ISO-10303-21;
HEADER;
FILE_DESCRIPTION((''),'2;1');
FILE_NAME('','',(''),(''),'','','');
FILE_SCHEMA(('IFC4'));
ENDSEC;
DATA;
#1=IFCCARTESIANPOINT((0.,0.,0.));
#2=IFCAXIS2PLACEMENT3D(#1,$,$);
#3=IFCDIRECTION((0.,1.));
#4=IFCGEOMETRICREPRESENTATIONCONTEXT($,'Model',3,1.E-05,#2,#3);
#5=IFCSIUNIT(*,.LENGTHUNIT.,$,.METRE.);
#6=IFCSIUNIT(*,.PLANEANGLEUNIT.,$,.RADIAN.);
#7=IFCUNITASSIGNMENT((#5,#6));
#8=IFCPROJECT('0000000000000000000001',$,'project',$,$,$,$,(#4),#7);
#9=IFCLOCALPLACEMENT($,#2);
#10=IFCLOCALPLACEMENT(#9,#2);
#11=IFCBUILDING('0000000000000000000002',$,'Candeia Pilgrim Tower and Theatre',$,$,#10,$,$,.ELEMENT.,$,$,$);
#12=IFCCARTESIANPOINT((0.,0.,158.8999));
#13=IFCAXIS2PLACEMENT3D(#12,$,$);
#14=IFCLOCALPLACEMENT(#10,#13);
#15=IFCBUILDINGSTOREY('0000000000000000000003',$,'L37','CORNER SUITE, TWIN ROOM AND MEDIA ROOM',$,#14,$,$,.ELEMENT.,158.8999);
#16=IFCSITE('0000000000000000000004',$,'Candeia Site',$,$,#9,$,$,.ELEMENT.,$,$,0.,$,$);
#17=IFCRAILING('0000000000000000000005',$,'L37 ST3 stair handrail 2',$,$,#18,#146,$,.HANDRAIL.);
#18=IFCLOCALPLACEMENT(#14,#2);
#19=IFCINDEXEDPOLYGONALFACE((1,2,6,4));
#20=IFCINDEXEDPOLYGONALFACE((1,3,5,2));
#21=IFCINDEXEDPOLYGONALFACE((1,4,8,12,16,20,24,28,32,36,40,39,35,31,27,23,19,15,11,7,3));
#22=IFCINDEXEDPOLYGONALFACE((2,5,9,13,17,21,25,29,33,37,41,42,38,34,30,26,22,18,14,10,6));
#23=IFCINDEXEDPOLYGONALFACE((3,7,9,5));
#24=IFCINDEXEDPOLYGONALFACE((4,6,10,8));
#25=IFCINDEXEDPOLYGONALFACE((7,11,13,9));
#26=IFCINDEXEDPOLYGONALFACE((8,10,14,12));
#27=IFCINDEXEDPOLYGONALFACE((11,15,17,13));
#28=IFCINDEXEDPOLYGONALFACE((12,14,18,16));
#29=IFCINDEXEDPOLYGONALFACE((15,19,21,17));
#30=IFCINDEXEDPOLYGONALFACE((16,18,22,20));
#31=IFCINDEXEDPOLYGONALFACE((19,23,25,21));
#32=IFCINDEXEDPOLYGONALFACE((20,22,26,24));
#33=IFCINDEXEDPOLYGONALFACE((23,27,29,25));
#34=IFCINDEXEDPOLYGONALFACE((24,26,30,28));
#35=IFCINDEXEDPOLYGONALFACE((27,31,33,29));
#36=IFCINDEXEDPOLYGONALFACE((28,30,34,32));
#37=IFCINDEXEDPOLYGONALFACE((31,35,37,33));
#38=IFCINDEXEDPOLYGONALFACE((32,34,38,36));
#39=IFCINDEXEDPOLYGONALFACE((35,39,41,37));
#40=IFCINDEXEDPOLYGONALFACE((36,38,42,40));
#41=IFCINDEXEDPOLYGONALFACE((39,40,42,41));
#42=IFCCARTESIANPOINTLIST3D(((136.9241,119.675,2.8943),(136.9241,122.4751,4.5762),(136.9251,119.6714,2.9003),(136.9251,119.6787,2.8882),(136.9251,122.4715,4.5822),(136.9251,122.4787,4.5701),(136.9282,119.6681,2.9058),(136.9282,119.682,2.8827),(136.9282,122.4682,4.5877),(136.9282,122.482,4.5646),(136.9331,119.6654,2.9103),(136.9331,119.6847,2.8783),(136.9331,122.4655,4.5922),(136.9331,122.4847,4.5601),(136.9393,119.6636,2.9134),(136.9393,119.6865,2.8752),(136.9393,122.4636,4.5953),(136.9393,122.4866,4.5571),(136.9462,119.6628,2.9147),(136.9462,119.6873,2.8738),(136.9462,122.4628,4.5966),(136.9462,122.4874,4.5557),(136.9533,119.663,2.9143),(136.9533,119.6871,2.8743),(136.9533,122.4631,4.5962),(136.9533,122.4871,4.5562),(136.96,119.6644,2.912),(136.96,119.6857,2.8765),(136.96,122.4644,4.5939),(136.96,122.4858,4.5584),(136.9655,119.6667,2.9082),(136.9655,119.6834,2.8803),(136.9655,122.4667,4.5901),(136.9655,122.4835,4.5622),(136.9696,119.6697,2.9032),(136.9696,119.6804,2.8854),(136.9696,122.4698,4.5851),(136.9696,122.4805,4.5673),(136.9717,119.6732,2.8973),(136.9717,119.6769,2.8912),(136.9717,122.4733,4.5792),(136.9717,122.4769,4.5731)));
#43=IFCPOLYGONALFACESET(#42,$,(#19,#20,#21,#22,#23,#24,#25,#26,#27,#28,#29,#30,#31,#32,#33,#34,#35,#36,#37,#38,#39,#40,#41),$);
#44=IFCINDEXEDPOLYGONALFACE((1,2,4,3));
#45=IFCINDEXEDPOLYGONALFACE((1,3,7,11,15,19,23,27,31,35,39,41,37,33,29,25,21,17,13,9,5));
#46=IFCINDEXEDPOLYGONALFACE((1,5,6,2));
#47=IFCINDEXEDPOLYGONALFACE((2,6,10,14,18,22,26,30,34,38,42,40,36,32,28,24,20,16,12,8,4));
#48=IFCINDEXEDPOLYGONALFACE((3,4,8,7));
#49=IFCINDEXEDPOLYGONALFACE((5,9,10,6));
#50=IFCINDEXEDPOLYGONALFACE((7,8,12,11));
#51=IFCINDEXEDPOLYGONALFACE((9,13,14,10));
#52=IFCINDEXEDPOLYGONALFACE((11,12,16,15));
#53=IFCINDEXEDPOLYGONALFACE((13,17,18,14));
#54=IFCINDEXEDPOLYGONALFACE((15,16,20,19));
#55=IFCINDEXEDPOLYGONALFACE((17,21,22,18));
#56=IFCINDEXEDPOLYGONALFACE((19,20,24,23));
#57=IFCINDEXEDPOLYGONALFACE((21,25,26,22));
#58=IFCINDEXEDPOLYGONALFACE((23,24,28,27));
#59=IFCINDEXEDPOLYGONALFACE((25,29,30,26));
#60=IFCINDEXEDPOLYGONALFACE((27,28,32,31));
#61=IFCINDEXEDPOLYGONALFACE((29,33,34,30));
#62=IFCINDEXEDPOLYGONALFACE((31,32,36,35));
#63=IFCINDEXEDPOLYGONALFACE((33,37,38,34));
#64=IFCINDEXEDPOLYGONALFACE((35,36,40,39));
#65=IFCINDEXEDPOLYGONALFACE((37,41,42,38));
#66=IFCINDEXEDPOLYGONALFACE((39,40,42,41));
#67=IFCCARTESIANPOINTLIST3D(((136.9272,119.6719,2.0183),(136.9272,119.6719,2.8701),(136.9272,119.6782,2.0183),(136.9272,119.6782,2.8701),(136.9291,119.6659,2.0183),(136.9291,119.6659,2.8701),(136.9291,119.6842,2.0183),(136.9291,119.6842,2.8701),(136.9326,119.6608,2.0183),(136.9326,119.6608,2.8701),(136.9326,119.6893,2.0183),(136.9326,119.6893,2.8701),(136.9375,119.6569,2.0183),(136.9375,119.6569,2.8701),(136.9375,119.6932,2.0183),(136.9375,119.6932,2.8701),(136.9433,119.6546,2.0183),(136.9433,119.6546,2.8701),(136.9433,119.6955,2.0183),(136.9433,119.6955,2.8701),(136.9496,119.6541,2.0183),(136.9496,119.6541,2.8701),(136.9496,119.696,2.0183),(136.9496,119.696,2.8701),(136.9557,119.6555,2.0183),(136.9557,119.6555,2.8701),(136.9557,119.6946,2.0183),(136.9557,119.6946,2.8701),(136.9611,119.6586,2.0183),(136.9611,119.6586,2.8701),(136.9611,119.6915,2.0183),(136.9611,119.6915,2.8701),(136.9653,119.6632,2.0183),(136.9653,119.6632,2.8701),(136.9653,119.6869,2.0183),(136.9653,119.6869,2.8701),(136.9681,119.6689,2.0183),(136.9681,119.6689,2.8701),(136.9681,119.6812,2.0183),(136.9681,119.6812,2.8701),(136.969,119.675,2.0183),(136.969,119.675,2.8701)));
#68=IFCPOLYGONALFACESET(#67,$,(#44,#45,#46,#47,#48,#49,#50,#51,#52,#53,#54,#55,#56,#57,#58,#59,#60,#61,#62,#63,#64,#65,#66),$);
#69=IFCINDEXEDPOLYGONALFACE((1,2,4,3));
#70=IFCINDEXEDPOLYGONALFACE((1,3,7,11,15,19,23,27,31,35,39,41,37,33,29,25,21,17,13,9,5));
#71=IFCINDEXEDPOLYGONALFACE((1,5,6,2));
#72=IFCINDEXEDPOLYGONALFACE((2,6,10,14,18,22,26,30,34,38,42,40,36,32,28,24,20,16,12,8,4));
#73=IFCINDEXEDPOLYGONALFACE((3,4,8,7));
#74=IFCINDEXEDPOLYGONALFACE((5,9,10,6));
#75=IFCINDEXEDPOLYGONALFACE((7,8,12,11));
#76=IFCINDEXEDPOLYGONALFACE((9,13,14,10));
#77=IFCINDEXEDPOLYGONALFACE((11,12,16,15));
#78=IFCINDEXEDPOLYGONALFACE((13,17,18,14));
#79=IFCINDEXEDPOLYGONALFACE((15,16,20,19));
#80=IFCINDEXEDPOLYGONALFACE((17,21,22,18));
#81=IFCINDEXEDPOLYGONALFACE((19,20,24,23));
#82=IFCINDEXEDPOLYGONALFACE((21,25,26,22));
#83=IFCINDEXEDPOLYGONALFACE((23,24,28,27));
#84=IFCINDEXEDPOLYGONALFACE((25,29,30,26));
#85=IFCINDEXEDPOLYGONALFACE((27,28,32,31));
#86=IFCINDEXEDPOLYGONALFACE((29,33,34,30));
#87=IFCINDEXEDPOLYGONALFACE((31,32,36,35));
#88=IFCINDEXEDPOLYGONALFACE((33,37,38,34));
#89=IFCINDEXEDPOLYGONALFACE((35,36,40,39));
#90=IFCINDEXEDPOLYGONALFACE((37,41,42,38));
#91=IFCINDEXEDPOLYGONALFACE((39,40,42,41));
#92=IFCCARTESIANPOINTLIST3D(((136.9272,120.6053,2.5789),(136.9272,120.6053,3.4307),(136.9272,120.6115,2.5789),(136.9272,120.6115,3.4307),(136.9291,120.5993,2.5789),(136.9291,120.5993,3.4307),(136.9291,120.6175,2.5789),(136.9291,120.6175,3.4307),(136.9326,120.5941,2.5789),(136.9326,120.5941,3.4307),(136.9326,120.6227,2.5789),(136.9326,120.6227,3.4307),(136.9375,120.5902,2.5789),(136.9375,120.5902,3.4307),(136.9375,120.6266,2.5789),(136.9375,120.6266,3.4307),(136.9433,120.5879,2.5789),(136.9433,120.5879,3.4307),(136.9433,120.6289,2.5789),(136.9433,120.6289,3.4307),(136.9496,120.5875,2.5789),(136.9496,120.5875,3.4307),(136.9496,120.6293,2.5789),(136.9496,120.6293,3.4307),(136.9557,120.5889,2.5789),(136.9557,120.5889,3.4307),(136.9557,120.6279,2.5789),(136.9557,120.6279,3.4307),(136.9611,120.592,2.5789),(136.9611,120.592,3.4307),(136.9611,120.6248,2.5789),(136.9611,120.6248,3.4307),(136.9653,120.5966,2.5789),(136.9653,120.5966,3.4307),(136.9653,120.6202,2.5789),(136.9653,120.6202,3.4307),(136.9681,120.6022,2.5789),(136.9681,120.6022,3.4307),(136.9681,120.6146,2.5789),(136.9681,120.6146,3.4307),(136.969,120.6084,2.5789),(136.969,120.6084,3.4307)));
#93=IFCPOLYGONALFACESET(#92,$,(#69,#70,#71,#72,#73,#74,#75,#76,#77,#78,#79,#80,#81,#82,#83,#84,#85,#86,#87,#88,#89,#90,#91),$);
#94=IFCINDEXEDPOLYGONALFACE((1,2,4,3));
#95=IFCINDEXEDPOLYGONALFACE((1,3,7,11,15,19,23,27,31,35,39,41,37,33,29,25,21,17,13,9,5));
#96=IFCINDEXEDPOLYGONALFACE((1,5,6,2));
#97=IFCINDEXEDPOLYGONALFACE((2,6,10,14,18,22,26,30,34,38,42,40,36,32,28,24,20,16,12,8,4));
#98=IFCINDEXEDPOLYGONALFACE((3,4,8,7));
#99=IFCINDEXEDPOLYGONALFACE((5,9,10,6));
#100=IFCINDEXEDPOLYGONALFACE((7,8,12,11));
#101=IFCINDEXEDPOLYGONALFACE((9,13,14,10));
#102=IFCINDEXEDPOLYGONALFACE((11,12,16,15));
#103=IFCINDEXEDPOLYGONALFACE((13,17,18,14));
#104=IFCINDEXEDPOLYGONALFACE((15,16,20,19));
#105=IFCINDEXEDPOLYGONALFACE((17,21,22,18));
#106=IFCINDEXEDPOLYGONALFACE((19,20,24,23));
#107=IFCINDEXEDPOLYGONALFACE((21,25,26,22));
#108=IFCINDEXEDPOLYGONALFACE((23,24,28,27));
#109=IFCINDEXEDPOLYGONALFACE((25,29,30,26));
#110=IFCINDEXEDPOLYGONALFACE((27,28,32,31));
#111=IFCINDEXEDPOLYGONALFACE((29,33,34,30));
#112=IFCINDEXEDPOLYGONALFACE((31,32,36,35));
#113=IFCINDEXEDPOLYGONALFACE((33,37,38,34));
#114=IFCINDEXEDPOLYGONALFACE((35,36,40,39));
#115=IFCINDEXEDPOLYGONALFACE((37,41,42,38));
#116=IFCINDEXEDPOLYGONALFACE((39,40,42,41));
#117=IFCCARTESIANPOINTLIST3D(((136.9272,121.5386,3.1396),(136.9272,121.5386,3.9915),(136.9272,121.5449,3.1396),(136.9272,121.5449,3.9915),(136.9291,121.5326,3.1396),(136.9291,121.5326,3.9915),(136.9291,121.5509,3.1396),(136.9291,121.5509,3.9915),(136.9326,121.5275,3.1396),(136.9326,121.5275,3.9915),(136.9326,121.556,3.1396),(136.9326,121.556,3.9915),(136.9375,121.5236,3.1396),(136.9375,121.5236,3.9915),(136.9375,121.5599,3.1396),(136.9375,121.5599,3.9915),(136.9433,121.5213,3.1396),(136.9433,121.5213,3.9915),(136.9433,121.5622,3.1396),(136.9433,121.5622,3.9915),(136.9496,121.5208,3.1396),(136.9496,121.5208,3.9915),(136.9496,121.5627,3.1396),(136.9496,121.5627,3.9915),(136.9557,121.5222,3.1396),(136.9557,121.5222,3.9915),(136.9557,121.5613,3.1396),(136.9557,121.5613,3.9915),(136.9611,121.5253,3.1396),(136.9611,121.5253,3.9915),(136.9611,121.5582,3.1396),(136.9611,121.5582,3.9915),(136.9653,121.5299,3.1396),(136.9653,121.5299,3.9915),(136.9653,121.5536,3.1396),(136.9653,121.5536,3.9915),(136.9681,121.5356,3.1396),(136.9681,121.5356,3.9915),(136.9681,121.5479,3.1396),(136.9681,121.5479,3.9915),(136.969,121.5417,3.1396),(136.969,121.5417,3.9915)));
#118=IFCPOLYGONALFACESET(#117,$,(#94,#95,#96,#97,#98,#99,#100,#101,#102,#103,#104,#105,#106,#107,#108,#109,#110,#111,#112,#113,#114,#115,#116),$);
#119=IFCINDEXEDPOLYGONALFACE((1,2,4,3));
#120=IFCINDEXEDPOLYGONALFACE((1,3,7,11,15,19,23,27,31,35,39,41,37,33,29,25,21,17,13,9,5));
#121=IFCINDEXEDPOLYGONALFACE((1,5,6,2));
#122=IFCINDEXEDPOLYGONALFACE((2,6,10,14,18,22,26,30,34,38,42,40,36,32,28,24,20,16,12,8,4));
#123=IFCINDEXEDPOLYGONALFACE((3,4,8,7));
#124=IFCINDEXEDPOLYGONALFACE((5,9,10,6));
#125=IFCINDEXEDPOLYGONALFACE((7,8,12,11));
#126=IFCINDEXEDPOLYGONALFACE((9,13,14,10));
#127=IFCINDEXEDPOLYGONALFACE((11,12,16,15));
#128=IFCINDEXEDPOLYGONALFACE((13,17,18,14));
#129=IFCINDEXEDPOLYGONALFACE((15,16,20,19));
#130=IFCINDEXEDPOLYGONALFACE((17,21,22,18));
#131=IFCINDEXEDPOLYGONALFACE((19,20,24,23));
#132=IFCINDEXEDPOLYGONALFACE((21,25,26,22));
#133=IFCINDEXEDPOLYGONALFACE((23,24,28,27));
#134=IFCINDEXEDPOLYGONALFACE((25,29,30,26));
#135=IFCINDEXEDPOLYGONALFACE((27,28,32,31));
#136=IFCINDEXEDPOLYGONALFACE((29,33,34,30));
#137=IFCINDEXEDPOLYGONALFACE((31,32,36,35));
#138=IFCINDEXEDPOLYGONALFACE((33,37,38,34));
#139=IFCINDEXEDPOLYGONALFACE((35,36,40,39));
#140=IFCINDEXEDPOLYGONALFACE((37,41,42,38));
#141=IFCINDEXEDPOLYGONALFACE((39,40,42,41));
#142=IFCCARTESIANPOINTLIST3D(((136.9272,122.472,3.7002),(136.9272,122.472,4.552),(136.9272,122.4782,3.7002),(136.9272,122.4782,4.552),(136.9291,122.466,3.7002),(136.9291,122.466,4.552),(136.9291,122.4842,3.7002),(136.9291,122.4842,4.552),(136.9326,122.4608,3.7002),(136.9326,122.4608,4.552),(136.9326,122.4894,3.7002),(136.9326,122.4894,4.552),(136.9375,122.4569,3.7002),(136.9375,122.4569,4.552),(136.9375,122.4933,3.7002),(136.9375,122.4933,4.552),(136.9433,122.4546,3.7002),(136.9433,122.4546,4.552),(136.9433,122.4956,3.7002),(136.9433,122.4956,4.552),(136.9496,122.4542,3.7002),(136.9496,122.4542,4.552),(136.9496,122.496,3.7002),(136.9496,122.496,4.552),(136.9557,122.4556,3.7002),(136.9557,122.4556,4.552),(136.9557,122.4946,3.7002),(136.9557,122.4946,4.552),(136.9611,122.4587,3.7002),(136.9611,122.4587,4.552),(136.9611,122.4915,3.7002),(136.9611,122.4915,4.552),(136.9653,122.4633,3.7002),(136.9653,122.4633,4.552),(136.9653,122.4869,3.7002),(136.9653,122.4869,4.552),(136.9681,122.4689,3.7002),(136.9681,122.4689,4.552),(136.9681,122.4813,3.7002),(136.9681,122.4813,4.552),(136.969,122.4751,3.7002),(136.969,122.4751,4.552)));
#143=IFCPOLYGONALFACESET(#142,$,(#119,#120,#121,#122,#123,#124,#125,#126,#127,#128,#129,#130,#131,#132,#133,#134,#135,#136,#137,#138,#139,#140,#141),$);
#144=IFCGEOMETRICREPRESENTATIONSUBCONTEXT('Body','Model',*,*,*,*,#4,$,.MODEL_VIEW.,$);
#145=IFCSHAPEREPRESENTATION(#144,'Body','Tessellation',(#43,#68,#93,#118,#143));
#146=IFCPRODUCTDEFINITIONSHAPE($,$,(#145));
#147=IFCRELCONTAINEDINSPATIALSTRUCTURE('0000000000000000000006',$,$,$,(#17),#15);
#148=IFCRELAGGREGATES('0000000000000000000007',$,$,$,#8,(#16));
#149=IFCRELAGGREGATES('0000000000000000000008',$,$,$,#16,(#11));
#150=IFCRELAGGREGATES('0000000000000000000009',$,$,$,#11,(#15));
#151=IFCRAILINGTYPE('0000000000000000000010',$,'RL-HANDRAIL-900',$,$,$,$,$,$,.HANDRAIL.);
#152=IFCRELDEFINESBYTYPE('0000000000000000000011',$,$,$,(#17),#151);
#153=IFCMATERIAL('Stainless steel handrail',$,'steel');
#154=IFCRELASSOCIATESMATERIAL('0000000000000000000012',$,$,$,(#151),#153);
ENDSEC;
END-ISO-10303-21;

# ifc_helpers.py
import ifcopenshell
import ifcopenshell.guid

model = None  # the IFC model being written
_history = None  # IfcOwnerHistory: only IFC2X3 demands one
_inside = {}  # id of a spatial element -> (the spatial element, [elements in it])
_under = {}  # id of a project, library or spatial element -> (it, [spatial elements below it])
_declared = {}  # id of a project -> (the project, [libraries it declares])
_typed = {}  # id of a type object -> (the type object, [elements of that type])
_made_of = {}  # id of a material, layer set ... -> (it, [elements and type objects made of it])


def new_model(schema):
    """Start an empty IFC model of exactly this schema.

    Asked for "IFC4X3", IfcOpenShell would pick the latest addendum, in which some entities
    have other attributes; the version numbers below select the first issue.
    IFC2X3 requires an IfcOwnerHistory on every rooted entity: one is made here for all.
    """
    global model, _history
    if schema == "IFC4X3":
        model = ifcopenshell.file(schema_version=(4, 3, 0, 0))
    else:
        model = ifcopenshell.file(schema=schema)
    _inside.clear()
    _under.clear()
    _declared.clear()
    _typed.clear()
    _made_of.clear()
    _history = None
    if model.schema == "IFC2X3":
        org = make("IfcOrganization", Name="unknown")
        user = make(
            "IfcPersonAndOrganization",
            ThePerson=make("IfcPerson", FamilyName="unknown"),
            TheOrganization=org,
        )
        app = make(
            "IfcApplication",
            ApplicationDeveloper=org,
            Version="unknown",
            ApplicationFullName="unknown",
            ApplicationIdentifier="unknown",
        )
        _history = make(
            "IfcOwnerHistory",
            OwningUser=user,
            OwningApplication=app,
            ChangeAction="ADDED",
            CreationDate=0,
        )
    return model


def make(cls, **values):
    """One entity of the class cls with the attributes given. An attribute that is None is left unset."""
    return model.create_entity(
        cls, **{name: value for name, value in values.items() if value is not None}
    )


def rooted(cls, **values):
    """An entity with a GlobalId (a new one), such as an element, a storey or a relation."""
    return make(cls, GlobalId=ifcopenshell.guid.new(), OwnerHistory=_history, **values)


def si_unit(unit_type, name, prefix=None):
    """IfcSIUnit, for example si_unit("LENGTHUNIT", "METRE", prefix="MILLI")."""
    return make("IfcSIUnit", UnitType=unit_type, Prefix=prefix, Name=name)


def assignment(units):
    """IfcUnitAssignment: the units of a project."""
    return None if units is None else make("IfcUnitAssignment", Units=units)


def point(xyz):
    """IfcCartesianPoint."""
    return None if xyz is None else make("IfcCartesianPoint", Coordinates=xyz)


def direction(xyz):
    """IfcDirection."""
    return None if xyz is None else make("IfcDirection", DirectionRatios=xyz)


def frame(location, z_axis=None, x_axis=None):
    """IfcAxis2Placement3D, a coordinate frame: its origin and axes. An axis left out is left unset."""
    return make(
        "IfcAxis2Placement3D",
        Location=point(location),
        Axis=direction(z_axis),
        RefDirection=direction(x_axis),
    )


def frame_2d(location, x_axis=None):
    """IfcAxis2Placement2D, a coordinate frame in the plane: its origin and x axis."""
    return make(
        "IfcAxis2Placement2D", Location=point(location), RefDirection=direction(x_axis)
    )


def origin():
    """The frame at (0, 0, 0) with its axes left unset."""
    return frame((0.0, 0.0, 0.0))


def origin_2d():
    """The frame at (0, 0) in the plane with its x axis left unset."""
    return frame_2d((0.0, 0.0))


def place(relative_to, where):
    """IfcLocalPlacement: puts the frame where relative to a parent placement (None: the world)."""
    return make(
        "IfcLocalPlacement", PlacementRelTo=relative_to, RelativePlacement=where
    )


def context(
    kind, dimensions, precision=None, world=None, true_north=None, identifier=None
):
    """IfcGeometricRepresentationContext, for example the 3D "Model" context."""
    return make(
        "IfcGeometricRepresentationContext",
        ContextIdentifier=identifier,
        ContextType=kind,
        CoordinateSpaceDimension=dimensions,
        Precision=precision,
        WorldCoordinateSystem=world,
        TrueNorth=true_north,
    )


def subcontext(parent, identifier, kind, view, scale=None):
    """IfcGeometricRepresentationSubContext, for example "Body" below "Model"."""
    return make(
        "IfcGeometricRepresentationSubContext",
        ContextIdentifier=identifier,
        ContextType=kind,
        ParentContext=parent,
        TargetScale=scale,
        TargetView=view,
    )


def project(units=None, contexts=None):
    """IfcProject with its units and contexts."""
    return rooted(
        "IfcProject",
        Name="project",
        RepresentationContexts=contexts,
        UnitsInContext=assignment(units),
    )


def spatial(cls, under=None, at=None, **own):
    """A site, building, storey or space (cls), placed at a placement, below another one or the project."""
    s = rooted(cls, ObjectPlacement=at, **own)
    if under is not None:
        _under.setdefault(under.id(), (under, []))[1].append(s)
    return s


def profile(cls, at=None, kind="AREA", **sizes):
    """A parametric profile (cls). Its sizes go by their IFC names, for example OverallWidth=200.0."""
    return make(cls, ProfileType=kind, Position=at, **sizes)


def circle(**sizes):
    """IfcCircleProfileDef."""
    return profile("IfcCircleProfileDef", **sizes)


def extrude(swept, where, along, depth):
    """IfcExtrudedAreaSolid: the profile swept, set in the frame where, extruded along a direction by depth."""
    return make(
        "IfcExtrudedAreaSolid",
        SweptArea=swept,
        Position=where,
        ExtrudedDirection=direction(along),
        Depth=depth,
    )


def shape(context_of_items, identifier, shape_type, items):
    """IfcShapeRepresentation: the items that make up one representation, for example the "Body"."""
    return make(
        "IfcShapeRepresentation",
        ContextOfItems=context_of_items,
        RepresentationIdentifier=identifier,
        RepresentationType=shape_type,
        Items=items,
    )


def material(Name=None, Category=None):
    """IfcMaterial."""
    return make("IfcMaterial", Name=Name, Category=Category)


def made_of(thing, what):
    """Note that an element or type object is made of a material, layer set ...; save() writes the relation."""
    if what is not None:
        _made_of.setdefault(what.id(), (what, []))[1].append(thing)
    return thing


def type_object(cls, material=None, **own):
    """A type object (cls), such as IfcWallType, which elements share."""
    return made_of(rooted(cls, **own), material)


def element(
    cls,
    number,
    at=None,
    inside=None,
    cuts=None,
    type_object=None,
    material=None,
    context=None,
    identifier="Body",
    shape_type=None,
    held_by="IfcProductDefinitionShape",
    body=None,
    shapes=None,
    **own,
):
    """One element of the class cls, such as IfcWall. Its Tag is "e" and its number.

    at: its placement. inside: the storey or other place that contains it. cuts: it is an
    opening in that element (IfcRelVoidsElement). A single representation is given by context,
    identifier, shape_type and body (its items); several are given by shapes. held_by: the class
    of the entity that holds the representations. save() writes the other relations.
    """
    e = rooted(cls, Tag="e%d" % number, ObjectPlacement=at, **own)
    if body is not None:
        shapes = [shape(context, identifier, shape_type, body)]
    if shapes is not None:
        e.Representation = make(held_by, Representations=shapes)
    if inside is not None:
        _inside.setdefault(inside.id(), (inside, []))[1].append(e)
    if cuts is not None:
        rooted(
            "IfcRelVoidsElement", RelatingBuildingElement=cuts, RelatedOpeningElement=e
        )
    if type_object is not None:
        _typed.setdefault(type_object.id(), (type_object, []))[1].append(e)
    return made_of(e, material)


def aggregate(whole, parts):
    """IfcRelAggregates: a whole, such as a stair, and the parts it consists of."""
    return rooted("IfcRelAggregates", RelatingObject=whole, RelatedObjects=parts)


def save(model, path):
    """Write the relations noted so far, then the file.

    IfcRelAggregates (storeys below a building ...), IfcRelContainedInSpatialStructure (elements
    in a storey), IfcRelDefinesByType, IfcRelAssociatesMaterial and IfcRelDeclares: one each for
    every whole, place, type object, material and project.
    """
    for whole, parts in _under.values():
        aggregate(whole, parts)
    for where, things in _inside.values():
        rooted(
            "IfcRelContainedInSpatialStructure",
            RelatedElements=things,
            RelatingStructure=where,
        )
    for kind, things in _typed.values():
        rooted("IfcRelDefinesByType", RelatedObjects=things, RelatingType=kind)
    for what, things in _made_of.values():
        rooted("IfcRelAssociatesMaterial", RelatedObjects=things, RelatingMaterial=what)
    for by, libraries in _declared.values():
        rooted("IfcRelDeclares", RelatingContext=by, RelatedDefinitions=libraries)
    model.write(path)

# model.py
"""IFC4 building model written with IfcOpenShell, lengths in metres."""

from ifc_helpers import new_model, si_unit, direction, frame, origin, origin_2d, place, context, subcontext, project, spatial, circle, extrude, material, type_object, element, save


model = new_model("IFC4")

# Units and contexts
model_context = context("Model", 3, precision=1e-05, world=origin(), true_north=direction((0.0, 1.0)))
body_context = subcontext(model_context, "Body", "Model", "MODEL_VIEW")
ifc_project = project(units=[si_unit("LENGTHUNIT", "METRE"), si_unit("PLANEANGLEUNIT", "RADIAN")], contexts=[model_context])

# Site, building, storey
site_placement = place(None, origin())
site = spatial("IfcSite", under=ifc_project, at=site_placement, Name="Candeia Site", CompositionType="ELEMENT", RefElevation=0.0)
building_placement = place(site_placement, origin())
building = spatial("IfcBuilding", under=site, at=building_placement, Name="Candeia Pilgrim Tower and Theatre", CompositionType="ELEMENT")
storey_placement = place(building_placement, frame((0.0, 0.0, 158.8999)))
storey = spatial("IfcBuildingStorey", under=building, at=storey_placement, Name="L37", Description="CORNER SUITE, TWIN ROOM AND MEDIA ROOM", CompositionType="ELEMENT", Elevation=158.8999)

# Railing
ifc_material_1 = material(Name="Stainless steel handrail", Category="steel")
railing_type_1 = type_object("IfcRailingType", Name="RL-HANDRAIL-900", PredefinedType="HANDRAIL", material=ifc_material_1)
railing_1_placement = place(storey_placement, frame((136.948, 119.675, 2.0183)))
element("IfcRailing", 1, at=railing_1_placement, inside=storey, type_object=railing_type_1, Name="L37 ST3 stair handrail 2", PredefinedType="HANDRAIL", context=body_context, shape_type="SweptSolid", body=[
    extrude(circle(Radius=0.0239, at=origin_2d()), frame((0.0, 0.0, 0.876), z_axis=(0.0, 0.857242, 0.514913), x_axis=(-1.0, 0.0, 0.0)), (0.0, 0.0, 1.0), 3.2664),
    extrude(circle(Radius=0.021, at=origin_2d()), origin(), (0.0, 0.0, 1.0), 0.8518),
    extrude(circle(Radius=0.021, at=origin_2d()), frame((0.0, 0.9333, 0.5605)), (0.0, 0.0, 1.0), 0.8518),
    extrude(circle(Radius=0.021, at=origin_2d()), frame((0.0, 1.8667, 1.1213)), (0.0, 0.0, 1.0), 0.8518),
    extrude(circle(Radius=0.021, at=origin_2d()), frame((0.0, 2.8, 1.6819)), (0.0, 0.0, 1.0), 0.8518),
])

save(model, "model.ifc")
